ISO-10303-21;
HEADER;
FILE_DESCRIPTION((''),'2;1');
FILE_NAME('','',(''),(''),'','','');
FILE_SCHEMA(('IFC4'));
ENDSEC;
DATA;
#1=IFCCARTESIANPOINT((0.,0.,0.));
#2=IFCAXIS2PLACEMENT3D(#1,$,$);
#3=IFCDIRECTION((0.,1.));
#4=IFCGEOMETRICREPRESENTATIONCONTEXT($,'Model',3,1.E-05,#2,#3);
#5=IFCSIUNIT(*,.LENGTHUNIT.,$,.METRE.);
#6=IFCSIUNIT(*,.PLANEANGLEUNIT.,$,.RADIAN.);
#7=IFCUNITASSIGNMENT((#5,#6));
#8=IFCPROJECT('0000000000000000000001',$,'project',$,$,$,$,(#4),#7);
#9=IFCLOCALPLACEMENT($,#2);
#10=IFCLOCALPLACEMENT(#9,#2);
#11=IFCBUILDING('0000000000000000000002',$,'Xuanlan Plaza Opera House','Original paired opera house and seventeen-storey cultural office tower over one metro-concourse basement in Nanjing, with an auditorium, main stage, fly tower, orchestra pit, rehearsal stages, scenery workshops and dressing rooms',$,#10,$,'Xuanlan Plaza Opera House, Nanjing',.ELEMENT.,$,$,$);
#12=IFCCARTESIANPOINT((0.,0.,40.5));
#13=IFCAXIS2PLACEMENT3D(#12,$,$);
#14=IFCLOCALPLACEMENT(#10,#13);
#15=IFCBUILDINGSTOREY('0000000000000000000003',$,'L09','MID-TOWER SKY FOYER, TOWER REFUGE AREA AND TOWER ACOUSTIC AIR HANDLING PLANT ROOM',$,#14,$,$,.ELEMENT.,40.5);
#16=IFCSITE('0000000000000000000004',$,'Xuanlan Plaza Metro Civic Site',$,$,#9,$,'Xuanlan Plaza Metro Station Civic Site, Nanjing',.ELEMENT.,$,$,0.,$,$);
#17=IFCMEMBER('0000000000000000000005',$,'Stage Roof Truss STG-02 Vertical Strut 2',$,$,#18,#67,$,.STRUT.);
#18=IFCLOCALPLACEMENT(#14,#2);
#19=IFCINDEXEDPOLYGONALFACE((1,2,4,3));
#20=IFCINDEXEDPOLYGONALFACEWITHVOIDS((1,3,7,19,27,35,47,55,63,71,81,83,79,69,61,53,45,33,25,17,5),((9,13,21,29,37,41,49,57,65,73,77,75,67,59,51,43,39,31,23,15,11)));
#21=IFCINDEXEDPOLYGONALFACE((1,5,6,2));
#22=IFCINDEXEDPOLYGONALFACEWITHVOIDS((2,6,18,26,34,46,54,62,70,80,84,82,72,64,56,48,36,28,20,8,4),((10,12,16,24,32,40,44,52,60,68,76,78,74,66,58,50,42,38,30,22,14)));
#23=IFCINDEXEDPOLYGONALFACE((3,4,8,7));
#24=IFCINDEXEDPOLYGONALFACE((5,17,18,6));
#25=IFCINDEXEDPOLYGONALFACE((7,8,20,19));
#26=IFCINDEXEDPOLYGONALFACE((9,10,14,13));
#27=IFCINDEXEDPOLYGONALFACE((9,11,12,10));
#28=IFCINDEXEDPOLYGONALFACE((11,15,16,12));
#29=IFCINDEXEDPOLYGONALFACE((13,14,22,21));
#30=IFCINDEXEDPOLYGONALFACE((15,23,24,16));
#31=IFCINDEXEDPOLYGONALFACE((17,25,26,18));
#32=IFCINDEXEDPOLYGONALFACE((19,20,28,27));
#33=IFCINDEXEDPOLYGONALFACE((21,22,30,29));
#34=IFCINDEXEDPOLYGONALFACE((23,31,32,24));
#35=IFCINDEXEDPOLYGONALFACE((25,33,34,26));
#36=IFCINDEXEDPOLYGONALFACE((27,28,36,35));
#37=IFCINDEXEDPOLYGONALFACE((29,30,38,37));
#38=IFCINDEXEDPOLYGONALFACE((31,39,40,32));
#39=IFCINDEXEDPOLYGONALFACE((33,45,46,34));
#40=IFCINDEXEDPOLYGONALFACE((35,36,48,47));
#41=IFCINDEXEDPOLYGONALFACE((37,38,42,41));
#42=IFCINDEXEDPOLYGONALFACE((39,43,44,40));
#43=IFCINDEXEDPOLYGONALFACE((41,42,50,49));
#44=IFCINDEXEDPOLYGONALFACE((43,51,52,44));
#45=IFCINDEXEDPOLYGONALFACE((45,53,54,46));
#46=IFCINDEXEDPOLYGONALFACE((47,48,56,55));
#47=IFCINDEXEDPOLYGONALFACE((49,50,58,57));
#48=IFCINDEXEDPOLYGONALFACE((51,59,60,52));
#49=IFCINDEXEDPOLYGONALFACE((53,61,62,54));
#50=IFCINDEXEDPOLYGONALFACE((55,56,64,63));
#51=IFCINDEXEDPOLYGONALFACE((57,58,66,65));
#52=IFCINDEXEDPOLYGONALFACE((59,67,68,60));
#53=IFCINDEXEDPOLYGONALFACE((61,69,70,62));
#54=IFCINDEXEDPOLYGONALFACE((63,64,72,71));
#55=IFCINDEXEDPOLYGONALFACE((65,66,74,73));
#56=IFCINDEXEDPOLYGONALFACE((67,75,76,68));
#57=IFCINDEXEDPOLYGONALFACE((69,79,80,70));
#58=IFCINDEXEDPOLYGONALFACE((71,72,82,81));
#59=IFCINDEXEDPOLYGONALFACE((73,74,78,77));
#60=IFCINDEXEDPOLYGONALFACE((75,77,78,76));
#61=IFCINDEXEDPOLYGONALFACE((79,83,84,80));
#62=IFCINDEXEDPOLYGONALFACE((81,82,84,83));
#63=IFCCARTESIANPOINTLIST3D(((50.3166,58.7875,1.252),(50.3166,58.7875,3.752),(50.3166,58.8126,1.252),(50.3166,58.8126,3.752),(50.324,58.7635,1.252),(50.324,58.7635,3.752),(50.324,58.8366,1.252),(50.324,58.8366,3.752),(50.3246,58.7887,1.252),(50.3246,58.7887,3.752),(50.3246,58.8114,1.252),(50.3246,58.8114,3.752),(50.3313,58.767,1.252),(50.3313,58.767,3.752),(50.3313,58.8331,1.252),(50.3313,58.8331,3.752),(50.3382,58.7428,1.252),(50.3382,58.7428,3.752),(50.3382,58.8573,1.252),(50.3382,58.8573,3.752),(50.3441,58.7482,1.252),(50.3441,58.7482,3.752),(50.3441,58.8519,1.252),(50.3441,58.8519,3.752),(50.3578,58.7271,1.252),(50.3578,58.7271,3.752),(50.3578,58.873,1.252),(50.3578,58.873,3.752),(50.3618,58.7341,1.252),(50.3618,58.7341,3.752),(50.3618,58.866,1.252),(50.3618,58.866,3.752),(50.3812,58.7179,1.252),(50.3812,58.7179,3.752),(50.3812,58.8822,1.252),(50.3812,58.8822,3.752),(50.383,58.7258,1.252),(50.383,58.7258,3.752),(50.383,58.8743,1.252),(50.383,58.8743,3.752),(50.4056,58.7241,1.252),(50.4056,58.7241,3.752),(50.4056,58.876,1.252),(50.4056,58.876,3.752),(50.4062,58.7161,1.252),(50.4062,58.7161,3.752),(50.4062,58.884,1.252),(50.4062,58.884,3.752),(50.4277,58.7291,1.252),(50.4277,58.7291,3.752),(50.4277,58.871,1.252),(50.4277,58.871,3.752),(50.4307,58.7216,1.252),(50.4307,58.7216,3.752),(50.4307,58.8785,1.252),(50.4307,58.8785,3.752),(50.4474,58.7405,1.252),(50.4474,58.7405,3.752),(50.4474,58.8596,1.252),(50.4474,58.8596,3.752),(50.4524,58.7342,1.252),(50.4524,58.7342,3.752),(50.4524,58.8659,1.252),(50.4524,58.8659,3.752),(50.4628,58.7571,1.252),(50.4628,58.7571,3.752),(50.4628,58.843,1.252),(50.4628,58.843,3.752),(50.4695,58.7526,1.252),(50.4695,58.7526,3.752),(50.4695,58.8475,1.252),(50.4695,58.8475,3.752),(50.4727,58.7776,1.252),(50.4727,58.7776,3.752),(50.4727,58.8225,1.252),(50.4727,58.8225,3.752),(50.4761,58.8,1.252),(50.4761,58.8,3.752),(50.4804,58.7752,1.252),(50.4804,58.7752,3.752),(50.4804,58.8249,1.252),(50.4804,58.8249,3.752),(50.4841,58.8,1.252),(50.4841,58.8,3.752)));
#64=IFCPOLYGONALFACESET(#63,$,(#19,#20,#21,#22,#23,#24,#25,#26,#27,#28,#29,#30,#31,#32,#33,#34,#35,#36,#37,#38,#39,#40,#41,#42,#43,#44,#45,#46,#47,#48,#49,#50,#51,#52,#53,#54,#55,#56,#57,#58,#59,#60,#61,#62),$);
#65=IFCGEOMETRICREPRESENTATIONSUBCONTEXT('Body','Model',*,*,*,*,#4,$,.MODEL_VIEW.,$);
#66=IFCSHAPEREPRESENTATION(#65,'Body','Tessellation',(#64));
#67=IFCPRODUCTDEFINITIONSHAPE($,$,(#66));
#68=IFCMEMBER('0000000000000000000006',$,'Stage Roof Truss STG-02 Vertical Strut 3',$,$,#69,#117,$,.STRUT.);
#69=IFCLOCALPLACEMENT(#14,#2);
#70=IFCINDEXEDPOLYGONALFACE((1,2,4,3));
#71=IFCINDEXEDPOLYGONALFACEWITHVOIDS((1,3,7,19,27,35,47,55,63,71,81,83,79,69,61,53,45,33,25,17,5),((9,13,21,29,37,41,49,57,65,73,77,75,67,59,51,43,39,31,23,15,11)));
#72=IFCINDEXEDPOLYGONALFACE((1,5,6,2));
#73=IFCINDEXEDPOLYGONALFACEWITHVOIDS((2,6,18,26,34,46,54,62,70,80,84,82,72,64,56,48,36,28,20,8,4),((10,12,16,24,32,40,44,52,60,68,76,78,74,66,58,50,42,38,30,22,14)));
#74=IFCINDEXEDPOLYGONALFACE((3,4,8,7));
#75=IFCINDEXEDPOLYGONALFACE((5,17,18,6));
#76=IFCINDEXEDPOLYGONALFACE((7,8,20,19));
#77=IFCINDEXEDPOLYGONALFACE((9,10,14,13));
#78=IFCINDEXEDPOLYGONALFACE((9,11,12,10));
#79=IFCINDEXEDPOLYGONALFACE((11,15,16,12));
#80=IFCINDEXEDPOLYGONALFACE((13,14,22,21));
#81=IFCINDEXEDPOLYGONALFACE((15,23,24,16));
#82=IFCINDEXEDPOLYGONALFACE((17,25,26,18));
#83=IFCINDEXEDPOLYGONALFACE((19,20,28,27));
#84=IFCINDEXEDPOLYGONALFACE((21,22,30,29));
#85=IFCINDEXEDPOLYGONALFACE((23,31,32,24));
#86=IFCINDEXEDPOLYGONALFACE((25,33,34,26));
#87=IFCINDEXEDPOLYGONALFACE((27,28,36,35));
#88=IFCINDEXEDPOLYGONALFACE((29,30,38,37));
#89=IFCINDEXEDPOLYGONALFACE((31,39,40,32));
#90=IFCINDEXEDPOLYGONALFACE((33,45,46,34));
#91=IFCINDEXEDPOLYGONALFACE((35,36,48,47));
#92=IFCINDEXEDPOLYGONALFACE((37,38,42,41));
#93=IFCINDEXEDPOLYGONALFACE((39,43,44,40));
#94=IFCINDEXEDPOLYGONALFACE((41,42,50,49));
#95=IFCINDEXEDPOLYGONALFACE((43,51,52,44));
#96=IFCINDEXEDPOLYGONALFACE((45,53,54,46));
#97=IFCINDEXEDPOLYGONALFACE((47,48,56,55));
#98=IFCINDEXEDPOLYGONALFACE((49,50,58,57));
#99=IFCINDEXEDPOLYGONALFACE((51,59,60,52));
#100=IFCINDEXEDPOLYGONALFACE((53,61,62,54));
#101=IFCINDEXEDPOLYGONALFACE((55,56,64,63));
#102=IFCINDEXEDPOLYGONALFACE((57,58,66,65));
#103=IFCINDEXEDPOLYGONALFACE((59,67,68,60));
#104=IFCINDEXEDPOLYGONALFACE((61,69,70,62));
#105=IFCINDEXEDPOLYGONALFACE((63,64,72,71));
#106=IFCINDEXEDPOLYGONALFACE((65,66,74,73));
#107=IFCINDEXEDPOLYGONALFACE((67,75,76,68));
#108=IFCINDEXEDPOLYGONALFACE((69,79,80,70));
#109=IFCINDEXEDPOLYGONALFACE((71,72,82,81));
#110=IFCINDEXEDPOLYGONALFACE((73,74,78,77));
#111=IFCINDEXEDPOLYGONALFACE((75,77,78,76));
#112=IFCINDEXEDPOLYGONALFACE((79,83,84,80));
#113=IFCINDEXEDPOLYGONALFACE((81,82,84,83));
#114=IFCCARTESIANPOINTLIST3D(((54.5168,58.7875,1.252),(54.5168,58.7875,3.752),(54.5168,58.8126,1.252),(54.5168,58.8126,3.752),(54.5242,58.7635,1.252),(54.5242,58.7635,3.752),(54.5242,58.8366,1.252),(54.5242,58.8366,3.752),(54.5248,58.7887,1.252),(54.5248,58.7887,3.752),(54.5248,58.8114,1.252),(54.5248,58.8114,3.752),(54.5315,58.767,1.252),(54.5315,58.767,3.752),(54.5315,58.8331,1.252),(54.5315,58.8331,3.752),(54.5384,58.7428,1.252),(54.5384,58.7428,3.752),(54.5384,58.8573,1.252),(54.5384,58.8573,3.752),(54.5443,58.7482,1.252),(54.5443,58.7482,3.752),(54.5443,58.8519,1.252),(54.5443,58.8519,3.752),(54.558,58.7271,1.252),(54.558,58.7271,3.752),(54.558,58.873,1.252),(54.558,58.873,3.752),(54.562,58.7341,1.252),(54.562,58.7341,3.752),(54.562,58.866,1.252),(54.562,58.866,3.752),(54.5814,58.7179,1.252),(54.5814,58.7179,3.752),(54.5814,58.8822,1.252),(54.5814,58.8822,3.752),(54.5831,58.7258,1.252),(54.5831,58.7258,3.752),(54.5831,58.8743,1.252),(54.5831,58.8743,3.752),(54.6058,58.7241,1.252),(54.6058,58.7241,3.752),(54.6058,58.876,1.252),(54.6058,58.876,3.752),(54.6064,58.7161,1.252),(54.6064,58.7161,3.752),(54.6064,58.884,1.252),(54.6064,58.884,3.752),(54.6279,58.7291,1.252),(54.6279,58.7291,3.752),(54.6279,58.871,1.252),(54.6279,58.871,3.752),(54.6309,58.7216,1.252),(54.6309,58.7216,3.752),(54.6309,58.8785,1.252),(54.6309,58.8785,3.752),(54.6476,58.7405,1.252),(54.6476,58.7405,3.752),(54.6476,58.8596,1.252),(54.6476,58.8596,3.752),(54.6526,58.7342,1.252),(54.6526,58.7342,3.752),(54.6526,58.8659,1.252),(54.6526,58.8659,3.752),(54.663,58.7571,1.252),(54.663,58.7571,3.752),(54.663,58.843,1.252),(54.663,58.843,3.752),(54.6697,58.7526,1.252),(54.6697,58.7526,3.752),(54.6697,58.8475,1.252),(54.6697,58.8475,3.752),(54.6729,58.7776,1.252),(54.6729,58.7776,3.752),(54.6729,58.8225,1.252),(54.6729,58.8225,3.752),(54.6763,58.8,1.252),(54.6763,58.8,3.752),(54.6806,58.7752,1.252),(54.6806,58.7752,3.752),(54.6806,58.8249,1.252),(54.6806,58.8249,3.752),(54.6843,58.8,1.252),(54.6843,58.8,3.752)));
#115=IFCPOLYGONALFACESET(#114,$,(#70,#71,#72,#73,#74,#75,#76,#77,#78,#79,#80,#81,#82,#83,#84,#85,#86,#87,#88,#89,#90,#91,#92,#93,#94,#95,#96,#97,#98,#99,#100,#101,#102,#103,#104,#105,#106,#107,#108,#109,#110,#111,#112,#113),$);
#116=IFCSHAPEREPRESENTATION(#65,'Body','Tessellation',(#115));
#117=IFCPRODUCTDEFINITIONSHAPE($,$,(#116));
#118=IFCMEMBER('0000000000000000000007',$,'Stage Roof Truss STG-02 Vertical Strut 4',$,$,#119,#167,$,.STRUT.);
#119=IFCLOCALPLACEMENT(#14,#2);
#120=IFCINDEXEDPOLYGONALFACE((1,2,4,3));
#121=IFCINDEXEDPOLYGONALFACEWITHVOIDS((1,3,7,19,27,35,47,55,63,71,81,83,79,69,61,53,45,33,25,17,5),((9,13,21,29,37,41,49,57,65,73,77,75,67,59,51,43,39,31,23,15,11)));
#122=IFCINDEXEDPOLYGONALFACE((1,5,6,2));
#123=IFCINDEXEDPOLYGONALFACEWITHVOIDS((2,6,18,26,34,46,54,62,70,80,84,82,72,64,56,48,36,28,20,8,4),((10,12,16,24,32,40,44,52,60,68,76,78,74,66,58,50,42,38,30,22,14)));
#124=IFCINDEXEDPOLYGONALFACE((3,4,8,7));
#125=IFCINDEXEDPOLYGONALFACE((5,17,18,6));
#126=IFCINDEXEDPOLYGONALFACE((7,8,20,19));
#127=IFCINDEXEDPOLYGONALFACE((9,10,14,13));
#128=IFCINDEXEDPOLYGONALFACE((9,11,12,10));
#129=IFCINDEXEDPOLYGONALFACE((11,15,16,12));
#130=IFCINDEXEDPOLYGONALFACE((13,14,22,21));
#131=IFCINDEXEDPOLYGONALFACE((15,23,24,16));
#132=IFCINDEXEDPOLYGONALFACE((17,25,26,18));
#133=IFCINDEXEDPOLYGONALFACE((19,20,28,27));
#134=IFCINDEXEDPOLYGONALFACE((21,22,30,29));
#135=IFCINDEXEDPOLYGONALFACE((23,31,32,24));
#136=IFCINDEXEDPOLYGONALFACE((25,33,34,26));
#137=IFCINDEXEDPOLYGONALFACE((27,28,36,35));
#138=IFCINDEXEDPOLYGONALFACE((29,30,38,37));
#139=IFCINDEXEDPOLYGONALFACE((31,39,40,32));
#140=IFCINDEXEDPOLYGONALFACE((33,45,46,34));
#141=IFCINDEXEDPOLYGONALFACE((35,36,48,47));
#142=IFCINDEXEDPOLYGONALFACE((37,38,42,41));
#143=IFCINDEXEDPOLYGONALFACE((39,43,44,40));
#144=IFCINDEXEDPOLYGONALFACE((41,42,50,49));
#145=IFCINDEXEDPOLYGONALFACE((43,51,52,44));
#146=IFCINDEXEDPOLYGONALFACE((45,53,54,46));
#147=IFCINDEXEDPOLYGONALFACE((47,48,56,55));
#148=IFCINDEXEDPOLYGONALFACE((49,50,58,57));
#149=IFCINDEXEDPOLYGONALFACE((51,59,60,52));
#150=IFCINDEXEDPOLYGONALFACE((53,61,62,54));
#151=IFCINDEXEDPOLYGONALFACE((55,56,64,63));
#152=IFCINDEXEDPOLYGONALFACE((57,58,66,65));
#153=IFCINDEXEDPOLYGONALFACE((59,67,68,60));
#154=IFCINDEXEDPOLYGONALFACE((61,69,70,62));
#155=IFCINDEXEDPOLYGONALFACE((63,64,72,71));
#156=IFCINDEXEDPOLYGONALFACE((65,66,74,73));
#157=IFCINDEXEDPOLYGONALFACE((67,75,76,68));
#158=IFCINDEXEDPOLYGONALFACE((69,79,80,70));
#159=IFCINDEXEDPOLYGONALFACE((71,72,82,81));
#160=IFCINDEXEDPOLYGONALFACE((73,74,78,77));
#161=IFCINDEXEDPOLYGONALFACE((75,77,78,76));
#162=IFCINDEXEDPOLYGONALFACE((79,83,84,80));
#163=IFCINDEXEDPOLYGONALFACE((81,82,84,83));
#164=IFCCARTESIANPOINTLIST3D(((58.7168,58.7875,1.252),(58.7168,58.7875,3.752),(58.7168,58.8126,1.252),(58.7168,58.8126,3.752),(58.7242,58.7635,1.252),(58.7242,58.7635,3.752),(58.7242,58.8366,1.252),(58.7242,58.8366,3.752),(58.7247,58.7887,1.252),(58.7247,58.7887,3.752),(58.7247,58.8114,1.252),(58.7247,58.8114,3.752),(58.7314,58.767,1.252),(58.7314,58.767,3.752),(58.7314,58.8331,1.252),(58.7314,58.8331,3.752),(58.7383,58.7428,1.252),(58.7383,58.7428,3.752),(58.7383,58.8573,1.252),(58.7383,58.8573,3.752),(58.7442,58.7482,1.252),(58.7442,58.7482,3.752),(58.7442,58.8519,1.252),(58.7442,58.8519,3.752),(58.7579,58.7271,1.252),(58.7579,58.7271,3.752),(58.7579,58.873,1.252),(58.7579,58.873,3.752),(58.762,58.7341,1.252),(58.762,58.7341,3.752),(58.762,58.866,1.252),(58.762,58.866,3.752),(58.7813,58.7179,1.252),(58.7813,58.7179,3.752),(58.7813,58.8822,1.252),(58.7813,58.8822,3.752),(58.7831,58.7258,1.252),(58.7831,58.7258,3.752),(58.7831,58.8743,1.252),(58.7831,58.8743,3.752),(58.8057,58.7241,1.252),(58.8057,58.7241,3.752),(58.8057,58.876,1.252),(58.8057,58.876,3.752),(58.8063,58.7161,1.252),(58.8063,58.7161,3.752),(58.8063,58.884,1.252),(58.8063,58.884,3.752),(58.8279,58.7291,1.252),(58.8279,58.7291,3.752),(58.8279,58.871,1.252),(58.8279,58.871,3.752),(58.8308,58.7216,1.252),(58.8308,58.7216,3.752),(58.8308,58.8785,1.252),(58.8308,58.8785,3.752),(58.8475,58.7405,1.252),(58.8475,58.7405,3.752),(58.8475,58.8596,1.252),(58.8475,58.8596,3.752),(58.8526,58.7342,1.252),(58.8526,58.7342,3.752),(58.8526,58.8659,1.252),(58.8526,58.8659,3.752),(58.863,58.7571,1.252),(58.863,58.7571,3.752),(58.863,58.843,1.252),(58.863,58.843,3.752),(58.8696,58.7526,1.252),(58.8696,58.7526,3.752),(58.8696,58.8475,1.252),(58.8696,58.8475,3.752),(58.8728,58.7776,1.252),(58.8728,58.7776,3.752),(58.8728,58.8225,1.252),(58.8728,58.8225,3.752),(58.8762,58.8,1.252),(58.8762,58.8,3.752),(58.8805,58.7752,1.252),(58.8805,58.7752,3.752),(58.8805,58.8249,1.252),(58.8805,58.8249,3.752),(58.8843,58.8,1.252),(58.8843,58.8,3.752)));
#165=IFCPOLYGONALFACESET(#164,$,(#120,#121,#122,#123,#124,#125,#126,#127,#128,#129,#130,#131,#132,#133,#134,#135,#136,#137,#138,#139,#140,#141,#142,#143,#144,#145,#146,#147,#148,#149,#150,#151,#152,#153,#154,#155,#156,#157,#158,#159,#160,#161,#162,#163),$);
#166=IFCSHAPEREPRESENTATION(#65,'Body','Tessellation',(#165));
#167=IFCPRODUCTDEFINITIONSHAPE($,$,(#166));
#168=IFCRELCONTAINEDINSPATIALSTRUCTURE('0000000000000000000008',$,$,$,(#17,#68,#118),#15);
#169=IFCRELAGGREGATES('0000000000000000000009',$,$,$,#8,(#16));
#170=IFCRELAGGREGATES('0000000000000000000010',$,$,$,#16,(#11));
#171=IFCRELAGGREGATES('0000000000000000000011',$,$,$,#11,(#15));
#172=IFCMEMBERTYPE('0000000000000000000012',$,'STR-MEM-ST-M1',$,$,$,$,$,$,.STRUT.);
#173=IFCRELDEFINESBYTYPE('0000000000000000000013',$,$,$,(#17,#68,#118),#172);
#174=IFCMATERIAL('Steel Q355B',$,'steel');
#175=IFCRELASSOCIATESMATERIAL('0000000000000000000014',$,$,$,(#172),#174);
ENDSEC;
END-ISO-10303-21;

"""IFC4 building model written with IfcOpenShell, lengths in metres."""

from ifc_helpers import new_model, si_unit, direction, frame, origin, origin_2d, place, context, subcontext, project, spatial, hollow_circle, extrude, material, material_profile, profile_set, type_object, element, save


model = new_model("IFC4")

# Units and contexts
model_context = context("Model", 3, precision=1e-05, world=origin(), true_north=direction((0.0, 1.0)))
body_context = subcontext(model_context, "Body", "Model", "MODEL_VIEW")
ifc_project = project(units=[si_unit("LENGTHUNIT", "METRE"), si_unit("PLANEANGLEUNIT", "RADIAN")], contexts=[model_context])

# Site, building, storey
site_placement = place(None, origin())
site = spatial("IfcSite", under=ifc_project, at=site_placement, Name="Xuanlan Plaza Metro Civic Site", LongName="Xuanlan Plaza Metro Station Civic Site, Nanjing", CompositionType="ELEMENT", RefElevation=0.0)
building_placement = place(site_placement, origin())
building = spatial("IfcBuilding", under=site, at=building_placement, Name="Xuanlan Plaza Opera House", Description="Original paired opera house and seventeen-storey cultural office tower over one metro-concourse basement in Nanjing, with an auditorium, main stage, fly tower, orchestra pit, rehearsal stages, scenery workshops and dressing rooms", LongName="Xuanlan Plaza Opera House, Nanjing", CompositionType="ELEMENT")
storey_placement = place(building_placement, frame((0.0, 0.0, 40.5)))
storey = spatial("IfcBuildingStorey", under=building, at=storey_placement, Name="L09", Description="MID-TOWER SKY FOYER, TOWER REFUGE AREA AND TOWER ACOUSTIC AIR HANDLING PLANT ROOM", CompositionType="ELEMENT", Elevation=40.5)

# Members
ifc_material_1 = material(Name="Steel Q355B", Category="steel")
ifc_material_profile_1 = material_profile(ifc_material_1, hollow_circle(Radius=0.0842, WallThickness=0.0081, at=origin_2d()), Name="CHS 168.3x8")
ifc_profile_set_1 = profile_set([ifc_material_profile_1], Name="Steel Q355B")
member_type_1 = type_object("IfcMemberType", Name="STR-MEM-ST-M1", PredefinedType="STRUT", material=ifc_profile_set_1)
for number, where, z_axis, x_axis, name in (
    (1, (50.3999, 58.8, 1.252), (0.0, 0.0, 1.0), (1.0, 0.0, 0.0), "Stage Roof Truss STG-02 Vertical Strut 2"),
    (2, (54.6001, 58.8, 1.252), (0.0, 0.0, 1.0), (1.0, 0.0, 0.0), "Stage Roof Truss STG-02 Vertical Strut 3"),
    (3, (58.8, 58.8, 1.252), (0.0, 0.0, 1.0), (1.0, 0.0, 0.0), "Stage Roof Truss STG-02 Vertical Strut 4"),
):
    element("IfcMember", number, at=place(storey_placement, frame(where, z_axis=z_axis, x_axis=x_axis)), inside=storey, type_object=member_type_1, Name=name, PredefinedType="STRUT", context=body_context, shape_type="SweptSolid", body=[
        extrude(hollow_circle(Radius=0.0842, WallThickness=0.0081, at=origin_2d()), origin(), (0.0, 0.0, 1.0), 2.5),
    ])

save(model, "model.ifc")
